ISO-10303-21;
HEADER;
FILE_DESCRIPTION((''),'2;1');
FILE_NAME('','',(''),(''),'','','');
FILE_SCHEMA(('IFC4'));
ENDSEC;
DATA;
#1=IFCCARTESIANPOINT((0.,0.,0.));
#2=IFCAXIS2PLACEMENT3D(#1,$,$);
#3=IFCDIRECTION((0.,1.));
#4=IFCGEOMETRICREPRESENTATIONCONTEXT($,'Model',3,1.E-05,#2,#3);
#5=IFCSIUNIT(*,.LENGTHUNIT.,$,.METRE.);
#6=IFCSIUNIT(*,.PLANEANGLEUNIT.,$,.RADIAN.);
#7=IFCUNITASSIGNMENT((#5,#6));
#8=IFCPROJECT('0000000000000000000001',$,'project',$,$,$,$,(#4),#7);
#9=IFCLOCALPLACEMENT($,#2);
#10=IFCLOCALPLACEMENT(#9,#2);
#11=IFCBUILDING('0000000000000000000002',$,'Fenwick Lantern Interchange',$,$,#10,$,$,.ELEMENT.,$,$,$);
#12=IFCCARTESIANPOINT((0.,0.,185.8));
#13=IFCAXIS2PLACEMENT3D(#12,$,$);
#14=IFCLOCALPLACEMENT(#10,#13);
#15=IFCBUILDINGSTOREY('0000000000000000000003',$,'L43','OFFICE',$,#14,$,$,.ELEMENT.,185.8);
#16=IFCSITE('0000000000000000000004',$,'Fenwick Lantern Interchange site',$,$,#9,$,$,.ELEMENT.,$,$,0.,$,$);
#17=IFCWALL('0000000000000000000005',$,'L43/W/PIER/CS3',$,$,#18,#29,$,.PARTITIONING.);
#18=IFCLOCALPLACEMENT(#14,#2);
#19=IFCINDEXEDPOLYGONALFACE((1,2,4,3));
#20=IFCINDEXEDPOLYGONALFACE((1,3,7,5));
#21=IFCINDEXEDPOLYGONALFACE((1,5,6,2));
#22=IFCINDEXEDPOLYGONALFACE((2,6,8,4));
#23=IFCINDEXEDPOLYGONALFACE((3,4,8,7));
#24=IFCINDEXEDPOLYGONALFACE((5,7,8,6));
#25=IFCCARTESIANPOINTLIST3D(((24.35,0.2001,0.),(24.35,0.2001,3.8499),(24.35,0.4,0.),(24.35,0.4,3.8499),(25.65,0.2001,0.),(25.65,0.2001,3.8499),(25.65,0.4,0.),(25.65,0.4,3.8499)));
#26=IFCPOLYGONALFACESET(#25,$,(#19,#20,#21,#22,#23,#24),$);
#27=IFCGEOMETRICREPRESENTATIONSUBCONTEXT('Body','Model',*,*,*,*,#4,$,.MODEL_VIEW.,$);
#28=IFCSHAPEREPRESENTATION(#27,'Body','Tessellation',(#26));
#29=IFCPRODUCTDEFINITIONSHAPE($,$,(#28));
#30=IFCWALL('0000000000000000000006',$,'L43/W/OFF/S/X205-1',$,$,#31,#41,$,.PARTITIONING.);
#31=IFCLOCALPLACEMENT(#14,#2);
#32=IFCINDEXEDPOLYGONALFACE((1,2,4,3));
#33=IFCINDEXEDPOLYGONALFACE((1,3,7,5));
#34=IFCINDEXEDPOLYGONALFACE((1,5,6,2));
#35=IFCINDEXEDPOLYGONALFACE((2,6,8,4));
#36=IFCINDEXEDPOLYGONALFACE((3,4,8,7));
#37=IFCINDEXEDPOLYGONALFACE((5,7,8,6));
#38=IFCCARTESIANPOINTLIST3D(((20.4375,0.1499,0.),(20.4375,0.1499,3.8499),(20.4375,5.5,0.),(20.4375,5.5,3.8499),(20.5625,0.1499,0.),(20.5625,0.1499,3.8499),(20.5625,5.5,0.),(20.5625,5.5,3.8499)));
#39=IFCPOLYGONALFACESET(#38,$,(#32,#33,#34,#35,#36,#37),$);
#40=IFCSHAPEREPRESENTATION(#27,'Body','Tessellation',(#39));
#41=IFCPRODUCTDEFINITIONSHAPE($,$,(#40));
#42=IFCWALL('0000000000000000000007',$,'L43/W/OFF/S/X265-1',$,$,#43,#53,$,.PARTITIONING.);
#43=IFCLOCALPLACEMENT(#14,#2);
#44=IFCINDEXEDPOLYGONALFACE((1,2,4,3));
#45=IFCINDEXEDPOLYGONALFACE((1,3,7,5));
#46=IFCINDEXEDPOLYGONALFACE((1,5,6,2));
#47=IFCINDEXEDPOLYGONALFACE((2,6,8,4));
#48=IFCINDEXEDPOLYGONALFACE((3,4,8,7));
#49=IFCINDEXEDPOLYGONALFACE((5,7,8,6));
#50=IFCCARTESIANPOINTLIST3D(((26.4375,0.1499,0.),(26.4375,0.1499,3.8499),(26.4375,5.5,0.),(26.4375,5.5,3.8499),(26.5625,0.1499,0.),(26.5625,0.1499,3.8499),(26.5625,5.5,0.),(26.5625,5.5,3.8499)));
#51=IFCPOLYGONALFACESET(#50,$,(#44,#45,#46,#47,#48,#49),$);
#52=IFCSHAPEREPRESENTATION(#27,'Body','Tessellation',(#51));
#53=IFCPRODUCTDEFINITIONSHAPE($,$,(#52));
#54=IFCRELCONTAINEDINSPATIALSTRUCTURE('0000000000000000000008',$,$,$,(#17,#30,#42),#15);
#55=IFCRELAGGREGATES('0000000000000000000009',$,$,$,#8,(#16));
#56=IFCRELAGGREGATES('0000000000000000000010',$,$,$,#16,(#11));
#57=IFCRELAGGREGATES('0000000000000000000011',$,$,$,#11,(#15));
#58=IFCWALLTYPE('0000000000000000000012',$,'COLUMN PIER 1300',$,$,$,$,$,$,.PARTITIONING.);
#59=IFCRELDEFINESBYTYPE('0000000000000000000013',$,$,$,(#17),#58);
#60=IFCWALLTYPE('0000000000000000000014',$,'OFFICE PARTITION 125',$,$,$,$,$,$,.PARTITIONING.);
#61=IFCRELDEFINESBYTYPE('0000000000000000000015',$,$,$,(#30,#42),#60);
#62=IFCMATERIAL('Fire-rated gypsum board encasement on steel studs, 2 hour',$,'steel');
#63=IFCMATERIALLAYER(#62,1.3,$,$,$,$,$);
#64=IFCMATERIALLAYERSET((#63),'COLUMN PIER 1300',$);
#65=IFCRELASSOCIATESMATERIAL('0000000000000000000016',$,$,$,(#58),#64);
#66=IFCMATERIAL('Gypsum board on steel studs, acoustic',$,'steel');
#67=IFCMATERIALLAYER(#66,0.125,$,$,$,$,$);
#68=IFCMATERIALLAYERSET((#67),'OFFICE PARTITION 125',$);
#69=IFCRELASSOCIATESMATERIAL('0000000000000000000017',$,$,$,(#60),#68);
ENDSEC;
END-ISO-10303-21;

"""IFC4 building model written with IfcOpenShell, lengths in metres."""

from ifc_helpers import new_model, si_unit, direction, frame, frame_2d, origin, place, context, subcontext, project, spatial, rectangle, extrude, material, layer, layer_set, type_object, element, save


model = new_model("IFC4")

# Units and contexts
model_context = context("Model", 3, precision=1e-05, world=origin(), true_north=direction((0.0, 1.0)))
body_context = subcontext(model_context, "Body", "Model", "MODEL_VIEW")
ifc_project = project(units=[si_unit("LENGTHUNIT", "METRE"), si_unit("PLANEANGLEUNIT", "RADIAN")], contexts=[model_context])

# Site, building, storey
site_placement = place(None, origin())
site = spatial("IfcSite", under=ifc_project, at=site_placement, Name="Fenwick Lantern Interchange site", CompositionType="ELEMENT", RefElevation=0.0)
building_placement = place(site_placement, origin())
building = spatial("IfcBuilding", under=site, at=building_placement, Name="Fenwick Lantern Interchange", CompositionType="ELEMENT")
storey_placement = place(building_placement, frame((0.0, 0.0, 185.8)))
storey = spatial("IfcBuildingStorey", under=building, at=storey_placement, Name="L43", Description="OFFICE", CompositionType="ELEMENT", Elevation=185.8)

# Walls
ifc_material_1 = material(Name="Fire-rated gypsum board encasement on steel studs, 2 hour", Category="steel")
ifc_layer_1 = layer(ifc_material_1, 1.3)
ifc_layer_set_1 = layer_set([ifc_layer_1], Name="COLUMN PIER 1300")
wall_type_1 = type_object("IfcWallType", Name="COLUMN PIER 1300", PredefinedType="PARTITIONING", material=ifc_layer_set_1)
wall_placement = place(storey_placement, frame((25.0, 0.2, 0.0), z_axis=(0.0, 0.0, 1.0), x_axis=(0.0, 1.0, 0.0)))
element("IfcWall", 1, at=wall_placement, inside=storey, type_object=wall_type_1, Name="L43/W/PIER/CS3", PredefinedType="PARTITIONING", context=body_context, shape_type="SweptSolid", body=[
    extrude(rectangle(XDim=0.2, YDim=1.3, at=frame_2d((0.1001, 0.0))), origin(), (0.0, 0.0, 1.0), 3.8499),
])
ifc_material_2 = material(Name="Gypsum board on steel studs, acoustic", Category="steel")
ifc_layer_2 = layer(ifc_material_2, 0.125)
ifc_layer_set_2 = layer_set([ifc_layer_2], Name="OFFICE PARTITION 125")
wall_type_2 = type_object("IfcWallType", Name="OFFICE PARTITION 125", PredefinedType="PARTITIONING", material=ifc_layer_set_2)
for number, where, z_axis, x_axis, name in (
    (2, (20.5, 0.1499, 0.0), (0.0, 0.0, 1.0), (0.0, 1.0, 0.0), "L43/W/OFF/S/X205-1"),
    (3, (26.5, 0.1499, 0.0), (0.0, 0.0, 1.0), (0.0, 1.0, 0.0), "L43/W/OFF/S/X265-1"),
):
    element("IfcWall", number, at=place(storey_placement, frame(where, z_axis=z_axis, x_axis=x_axis)), inside=storey, type_object=wall_type_2, Name=name, PredefinedType="PARTITIONING", context=body_context, shape_type="SweptSolid", body=[
        extrude(rectangle(XDim=5.3501, YDim=0.125, at=frame_2d((2.675, 0.0))), origin(), (0.0, 0.0, 1.0), 3.8499),
    ])

save(model, "model.ifc")
